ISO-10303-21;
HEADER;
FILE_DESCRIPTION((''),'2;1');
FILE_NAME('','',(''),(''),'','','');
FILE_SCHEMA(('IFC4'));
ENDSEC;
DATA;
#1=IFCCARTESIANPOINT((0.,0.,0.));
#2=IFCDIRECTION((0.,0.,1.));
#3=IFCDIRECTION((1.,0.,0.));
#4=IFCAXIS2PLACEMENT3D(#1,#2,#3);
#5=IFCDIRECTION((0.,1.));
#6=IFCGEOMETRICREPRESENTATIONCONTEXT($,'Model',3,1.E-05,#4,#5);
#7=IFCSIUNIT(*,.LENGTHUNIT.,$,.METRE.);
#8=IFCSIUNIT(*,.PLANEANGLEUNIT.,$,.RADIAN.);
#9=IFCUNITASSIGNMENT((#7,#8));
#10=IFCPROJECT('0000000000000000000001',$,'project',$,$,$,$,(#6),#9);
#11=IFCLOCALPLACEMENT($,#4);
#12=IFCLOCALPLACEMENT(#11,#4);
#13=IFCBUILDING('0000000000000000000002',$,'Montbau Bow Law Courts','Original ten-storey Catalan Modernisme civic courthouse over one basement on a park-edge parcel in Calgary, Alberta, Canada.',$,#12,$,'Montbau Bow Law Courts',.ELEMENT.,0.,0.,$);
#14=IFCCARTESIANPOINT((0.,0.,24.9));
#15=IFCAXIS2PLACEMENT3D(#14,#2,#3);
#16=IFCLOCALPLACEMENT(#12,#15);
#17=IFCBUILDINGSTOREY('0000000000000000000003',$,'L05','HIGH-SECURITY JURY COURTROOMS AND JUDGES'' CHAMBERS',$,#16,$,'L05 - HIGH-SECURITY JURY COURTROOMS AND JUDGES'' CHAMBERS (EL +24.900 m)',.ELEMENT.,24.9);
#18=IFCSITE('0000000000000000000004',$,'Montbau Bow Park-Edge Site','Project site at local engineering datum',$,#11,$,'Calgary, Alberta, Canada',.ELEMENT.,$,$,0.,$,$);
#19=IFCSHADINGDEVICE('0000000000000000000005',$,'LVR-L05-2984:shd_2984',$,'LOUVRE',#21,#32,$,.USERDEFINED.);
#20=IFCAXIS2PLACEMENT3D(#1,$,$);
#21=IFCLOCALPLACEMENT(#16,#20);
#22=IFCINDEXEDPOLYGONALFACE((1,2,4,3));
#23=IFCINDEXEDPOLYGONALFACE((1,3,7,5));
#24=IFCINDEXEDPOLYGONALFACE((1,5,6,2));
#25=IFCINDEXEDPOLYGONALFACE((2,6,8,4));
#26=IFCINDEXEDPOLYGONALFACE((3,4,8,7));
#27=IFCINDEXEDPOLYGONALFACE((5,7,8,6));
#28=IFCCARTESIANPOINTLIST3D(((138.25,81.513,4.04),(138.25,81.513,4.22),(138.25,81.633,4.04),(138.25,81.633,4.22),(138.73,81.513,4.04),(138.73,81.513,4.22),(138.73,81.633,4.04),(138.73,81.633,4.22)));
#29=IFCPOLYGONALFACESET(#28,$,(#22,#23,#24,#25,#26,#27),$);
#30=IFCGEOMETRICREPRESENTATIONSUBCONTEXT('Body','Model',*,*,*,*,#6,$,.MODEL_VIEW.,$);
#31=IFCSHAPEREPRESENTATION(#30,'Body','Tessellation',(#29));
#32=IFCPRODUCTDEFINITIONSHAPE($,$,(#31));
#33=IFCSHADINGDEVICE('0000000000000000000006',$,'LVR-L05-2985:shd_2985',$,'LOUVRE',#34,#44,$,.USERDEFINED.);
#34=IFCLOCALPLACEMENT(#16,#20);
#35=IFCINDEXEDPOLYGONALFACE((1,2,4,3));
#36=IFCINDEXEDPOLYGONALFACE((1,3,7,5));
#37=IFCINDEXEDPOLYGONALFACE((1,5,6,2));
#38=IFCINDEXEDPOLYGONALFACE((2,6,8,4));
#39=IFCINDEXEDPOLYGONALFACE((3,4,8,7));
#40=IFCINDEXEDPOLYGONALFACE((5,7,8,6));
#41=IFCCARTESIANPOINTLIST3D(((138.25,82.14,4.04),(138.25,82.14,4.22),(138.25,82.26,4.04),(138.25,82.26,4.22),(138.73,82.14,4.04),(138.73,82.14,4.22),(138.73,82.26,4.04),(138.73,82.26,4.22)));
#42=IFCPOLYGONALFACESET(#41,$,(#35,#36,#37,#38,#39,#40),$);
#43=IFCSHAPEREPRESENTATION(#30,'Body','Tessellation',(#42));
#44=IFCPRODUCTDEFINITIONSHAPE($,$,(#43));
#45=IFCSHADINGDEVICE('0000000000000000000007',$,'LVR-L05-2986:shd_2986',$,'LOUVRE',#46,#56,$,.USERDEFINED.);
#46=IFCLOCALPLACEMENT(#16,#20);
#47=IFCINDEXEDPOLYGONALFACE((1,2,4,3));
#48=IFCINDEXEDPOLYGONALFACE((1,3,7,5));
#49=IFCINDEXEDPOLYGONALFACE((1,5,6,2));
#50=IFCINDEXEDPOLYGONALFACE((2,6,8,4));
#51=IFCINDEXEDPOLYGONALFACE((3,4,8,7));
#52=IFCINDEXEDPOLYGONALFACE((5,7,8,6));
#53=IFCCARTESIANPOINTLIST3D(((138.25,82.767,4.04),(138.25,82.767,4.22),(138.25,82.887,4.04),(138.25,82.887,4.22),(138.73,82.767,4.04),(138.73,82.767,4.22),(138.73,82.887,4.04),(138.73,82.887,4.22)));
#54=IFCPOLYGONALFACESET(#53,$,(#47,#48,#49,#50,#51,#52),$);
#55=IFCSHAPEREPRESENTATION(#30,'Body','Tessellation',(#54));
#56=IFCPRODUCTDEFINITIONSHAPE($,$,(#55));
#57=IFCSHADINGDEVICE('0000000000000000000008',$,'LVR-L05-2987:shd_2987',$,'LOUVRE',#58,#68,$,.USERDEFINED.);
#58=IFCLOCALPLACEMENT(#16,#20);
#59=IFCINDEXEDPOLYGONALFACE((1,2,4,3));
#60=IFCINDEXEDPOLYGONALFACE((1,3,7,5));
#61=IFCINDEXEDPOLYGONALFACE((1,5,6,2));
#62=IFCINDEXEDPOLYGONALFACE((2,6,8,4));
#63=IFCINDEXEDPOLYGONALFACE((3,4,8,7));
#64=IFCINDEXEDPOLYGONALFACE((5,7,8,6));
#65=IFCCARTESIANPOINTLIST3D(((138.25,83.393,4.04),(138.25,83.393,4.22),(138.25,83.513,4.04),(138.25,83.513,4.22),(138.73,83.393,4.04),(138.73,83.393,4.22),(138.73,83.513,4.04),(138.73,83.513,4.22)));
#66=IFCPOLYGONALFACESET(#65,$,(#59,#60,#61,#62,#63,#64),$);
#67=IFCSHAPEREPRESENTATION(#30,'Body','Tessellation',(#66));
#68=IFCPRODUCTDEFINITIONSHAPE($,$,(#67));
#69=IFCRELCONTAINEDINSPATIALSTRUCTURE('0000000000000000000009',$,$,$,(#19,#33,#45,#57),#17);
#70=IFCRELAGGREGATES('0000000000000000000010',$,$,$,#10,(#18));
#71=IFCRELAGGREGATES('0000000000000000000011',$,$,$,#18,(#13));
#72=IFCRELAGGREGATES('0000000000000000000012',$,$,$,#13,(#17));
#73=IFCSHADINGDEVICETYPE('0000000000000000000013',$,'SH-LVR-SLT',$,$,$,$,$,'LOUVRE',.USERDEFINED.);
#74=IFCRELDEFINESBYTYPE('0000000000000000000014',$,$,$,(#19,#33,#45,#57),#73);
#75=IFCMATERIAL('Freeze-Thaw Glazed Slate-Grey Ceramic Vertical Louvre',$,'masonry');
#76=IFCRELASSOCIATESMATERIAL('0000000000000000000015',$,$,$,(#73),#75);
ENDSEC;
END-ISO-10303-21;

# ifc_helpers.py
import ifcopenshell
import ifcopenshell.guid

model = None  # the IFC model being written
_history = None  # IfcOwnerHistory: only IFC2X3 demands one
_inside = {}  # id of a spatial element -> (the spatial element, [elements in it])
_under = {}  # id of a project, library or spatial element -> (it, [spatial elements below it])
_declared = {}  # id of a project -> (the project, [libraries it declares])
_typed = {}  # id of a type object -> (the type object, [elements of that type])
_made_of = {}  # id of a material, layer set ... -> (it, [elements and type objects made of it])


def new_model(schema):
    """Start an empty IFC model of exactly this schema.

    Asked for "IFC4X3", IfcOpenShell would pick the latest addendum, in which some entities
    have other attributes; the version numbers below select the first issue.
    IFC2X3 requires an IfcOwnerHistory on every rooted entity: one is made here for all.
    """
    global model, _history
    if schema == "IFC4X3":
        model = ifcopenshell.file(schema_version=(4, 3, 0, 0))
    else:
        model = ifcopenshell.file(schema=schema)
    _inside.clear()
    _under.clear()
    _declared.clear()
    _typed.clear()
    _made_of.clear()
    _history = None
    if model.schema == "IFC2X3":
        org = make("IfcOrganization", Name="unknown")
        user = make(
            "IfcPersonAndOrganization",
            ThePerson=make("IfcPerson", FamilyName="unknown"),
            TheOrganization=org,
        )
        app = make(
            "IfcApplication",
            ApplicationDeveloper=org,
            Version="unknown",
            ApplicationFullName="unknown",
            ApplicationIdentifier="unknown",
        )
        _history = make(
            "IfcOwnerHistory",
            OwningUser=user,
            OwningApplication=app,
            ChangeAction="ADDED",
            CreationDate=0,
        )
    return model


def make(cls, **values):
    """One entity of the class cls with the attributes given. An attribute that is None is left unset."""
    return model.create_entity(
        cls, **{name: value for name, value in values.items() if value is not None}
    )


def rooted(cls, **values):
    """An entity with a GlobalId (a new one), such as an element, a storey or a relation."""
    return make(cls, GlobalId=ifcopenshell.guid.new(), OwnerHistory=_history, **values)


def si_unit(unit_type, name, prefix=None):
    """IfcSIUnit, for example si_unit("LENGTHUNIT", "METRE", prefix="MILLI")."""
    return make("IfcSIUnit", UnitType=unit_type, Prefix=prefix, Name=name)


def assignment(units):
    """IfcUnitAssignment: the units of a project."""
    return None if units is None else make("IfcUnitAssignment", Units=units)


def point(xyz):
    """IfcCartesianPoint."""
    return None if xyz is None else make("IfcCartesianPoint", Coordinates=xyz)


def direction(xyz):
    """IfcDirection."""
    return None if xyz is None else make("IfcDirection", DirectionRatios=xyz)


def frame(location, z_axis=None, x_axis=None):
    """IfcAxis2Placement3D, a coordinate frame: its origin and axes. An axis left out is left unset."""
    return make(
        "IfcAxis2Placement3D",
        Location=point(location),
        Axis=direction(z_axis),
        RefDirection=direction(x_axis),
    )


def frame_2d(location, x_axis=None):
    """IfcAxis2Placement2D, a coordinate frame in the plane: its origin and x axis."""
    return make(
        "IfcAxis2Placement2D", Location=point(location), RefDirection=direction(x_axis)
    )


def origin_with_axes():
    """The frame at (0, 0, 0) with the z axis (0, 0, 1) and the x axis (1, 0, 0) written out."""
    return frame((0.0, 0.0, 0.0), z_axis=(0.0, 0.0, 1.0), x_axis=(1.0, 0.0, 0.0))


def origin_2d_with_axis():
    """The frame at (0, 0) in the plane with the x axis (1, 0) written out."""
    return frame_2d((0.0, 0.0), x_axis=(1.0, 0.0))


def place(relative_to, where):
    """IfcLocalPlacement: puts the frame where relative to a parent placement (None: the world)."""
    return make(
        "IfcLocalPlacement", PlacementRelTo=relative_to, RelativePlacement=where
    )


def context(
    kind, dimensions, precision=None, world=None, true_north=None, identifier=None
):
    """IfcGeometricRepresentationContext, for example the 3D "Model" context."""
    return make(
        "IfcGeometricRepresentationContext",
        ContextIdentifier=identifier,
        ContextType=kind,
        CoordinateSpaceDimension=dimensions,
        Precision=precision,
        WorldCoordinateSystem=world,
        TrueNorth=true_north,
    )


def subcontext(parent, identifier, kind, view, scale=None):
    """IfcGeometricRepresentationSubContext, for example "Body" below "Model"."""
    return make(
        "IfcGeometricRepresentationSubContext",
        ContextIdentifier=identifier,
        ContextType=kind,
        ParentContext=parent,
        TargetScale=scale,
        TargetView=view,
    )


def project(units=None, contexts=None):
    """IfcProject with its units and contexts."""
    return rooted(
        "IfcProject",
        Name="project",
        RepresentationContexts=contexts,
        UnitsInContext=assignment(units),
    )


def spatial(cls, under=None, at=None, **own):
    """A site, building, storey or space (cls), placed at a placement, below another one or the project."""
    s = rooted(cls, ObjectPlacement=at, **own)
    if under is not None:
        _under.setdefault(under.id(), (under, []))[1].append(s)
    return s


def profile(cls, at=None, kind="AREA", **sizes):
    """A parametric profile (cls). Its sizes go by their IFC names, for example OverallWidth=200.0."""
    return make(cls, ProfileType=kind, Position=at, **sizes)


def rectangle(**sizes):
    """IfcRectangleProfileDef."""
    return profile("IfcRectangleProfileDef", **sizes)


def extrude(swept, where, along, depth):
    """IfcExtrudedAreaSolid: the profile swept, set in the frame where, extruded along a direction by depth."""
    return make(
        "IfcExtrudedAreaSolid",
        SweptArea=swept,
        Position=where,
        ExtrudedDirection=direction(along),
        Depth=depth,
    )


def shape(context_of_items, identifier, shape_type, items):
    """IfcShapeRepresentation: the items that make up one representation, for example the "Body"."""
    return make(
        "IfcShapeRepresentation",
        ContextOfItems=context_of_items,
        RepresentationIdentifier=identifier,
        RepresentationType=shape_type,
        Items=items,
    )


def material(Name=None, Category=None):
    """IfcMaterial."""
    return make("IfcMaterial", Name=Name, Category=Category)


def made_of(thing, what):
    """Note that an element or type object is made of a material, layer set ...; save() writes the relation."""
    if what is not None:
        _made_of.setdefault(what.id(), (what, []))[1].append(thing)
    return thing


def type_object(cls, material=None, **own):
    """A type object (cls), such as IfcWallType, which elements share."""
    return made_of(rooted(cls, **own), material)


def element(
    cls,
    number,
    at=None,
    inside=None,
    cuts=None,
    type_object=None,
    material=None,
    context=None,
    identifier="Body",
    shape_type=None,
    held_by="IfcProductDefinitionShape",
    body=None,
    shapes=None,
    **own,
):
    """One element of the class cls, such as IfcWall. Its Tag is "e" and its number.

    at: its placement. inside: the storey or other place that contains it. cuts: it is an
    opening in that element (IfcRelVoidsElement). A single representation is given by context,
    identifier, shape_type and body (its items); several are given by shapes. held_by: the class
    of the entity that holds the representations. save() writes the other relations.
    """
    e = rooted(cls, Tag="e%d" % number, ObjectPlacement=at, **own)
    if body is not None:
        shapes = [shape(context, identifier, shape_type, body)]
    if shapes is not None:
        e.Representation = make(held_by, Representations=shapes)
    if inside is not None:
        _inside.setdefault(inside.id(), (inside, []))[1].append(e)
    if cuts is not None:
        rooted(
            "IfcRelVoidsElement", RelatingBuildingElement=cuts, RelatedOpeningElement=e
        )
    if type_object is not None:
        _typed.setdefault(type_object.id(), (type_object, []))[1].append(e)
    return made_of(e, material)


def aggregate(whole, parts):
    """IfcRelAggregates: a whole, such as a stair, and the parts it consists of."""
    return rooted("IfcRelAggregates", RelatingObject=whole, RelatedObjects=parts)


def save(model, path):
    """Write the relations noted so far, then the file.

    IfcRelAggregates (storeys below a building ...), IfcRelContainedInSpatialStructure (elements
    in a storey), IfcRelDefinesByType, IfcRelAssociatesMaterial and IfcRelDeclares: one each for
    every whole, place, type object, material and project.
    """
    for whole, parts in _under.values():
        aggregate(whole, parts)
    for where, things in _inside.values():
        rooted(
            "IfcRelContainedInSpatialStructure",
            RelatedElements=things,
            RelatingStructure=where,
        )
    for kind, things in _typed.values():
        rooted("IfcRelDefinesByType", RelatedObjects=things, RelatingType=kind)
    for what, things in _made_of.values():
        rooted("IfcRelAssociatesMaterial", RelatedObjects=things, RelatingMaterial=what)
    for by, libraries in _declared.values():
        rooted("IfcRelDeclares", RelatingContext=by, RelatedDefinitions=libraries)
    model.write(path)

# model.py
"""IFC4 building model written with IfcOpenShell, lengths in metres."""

from ifc_helpers import new_model, si_unit, direction, frame, origin_with_axes, origin_2d_with_axis, place, context, subcontext, project, spatial, rectangle, extrude, material, type_object, element, save


model = new_model("IFC4")

# Units and contexts
model_context = context("Model", 3, precision=1e-05, world=origin_with_axes(), true_north=direction((0.0, 1.0)))
body_context = subcontext(model_context, "Body", "Model", "MODEL_VIEW")
ifc_project = project(units=[si_unit("LENGTHUNIT", "METRE"), si_unit("PLANEANGLEUNIT", "RADIAN")], contexts=[model_context])

# Site, building, storey
site_placement = place(None, origin_with_axes())
site = spatial("IfcSite", under=ifc_project, at=site_placement, Name="Montbau Bow Park-Edge Site", Description="Project site at local engineering datum", LongName="Calgary, Alberta, Canada", CompositionType="ELEMENT", RefElevation=0.0)
building_placement = place(site_placement, origin_with_axes())
building = spatial("IfcBuilding", under=site, at=building_placement, Name="Montbau Bow Law Courts", Description="Original ten-storey Catalan Modernisme civic courthouse over one basement on a park-edge parcel in Calgary, Alberta, Canada.", LongName="Montbau Bow Law Courts", CompositionType="ELEMENT", ElevationOfRefHeight=0.0, ElevationOfTerrain=0.0)
storey_placement = place(building_placement, frame((0.0, 0.0, 24.9), z_axis=(0.0, 0.0, 1.0), x_axis=(1.0, 0.0, 0.0)))
storey = spatial("IfcBuildingStorey", under=building, at=storey_placement, Name="L05", Description="HIGH-SECURITY JURY COURTROOMS AND JUDGES' CHAMBERS", LongName="L05 - HIGH-SECURITY JURY COURTROOMS AND JUDGES' CHAMBERS (EL +24.900 m)", CompositionType="ELEMENT", Elevation=24.9)

# Shading devices
ifc_material_1 = material(Name="Freeze-Thaw Glazed Slate-Grey Ceramic Vertical Louvre", Category="masonry")
shading_device_type = type_object("IfcShadingDeviceType", Name="SH-LVR-SLT", ElementType="LOUVRE", PredefinedType="USERDEFINED", material=ifc_material_1)
for number, where, z_axis, x_axis, name in (
    (1, (138.49, 81.573, 28.94), (0.0, 0.0, 1.0), (-1.0, 0.0, 0.0), "LVR-L05-2984:shd_2984"),
    (2, (138.49, 82.2, 28.94), (0.0, 0.0, 1.0), (-1.0, 0.0, 0.0), "LVR-L05-2985:shd_2985"),
    (3, (138.49, 82.827, 28.94), (0.0, 0.0, 1.0), (-1.0, 0.0, 0.0), "LVR-L05-2986:shd_2986"),
    (4, (138.49, 83.453, 28.94), (0.0, 0.0, 1.0), (-1.0, 0.0, 0.0), "LVR-L05-2987:shd_2987"),
):
    element("IfcShadingDevice", number, at=place(None, frame(where, z_axis=z_axis, x_axis=x_axis)), inside=storey, type_object=shading_device_type, Name=name, ObjectType="LOUVRE", PredefinedType="USERDEFINED", context=body_context, shape_type="SweptSolid", body=[
        extrude(rectangle(XDim=0.48, YDim=0.12, at=origin_2d_with_axis()), origin_with_axes(), (0.0, 0.0, 1.0), 0.18),
    ])

save(model, "model.ifc")
